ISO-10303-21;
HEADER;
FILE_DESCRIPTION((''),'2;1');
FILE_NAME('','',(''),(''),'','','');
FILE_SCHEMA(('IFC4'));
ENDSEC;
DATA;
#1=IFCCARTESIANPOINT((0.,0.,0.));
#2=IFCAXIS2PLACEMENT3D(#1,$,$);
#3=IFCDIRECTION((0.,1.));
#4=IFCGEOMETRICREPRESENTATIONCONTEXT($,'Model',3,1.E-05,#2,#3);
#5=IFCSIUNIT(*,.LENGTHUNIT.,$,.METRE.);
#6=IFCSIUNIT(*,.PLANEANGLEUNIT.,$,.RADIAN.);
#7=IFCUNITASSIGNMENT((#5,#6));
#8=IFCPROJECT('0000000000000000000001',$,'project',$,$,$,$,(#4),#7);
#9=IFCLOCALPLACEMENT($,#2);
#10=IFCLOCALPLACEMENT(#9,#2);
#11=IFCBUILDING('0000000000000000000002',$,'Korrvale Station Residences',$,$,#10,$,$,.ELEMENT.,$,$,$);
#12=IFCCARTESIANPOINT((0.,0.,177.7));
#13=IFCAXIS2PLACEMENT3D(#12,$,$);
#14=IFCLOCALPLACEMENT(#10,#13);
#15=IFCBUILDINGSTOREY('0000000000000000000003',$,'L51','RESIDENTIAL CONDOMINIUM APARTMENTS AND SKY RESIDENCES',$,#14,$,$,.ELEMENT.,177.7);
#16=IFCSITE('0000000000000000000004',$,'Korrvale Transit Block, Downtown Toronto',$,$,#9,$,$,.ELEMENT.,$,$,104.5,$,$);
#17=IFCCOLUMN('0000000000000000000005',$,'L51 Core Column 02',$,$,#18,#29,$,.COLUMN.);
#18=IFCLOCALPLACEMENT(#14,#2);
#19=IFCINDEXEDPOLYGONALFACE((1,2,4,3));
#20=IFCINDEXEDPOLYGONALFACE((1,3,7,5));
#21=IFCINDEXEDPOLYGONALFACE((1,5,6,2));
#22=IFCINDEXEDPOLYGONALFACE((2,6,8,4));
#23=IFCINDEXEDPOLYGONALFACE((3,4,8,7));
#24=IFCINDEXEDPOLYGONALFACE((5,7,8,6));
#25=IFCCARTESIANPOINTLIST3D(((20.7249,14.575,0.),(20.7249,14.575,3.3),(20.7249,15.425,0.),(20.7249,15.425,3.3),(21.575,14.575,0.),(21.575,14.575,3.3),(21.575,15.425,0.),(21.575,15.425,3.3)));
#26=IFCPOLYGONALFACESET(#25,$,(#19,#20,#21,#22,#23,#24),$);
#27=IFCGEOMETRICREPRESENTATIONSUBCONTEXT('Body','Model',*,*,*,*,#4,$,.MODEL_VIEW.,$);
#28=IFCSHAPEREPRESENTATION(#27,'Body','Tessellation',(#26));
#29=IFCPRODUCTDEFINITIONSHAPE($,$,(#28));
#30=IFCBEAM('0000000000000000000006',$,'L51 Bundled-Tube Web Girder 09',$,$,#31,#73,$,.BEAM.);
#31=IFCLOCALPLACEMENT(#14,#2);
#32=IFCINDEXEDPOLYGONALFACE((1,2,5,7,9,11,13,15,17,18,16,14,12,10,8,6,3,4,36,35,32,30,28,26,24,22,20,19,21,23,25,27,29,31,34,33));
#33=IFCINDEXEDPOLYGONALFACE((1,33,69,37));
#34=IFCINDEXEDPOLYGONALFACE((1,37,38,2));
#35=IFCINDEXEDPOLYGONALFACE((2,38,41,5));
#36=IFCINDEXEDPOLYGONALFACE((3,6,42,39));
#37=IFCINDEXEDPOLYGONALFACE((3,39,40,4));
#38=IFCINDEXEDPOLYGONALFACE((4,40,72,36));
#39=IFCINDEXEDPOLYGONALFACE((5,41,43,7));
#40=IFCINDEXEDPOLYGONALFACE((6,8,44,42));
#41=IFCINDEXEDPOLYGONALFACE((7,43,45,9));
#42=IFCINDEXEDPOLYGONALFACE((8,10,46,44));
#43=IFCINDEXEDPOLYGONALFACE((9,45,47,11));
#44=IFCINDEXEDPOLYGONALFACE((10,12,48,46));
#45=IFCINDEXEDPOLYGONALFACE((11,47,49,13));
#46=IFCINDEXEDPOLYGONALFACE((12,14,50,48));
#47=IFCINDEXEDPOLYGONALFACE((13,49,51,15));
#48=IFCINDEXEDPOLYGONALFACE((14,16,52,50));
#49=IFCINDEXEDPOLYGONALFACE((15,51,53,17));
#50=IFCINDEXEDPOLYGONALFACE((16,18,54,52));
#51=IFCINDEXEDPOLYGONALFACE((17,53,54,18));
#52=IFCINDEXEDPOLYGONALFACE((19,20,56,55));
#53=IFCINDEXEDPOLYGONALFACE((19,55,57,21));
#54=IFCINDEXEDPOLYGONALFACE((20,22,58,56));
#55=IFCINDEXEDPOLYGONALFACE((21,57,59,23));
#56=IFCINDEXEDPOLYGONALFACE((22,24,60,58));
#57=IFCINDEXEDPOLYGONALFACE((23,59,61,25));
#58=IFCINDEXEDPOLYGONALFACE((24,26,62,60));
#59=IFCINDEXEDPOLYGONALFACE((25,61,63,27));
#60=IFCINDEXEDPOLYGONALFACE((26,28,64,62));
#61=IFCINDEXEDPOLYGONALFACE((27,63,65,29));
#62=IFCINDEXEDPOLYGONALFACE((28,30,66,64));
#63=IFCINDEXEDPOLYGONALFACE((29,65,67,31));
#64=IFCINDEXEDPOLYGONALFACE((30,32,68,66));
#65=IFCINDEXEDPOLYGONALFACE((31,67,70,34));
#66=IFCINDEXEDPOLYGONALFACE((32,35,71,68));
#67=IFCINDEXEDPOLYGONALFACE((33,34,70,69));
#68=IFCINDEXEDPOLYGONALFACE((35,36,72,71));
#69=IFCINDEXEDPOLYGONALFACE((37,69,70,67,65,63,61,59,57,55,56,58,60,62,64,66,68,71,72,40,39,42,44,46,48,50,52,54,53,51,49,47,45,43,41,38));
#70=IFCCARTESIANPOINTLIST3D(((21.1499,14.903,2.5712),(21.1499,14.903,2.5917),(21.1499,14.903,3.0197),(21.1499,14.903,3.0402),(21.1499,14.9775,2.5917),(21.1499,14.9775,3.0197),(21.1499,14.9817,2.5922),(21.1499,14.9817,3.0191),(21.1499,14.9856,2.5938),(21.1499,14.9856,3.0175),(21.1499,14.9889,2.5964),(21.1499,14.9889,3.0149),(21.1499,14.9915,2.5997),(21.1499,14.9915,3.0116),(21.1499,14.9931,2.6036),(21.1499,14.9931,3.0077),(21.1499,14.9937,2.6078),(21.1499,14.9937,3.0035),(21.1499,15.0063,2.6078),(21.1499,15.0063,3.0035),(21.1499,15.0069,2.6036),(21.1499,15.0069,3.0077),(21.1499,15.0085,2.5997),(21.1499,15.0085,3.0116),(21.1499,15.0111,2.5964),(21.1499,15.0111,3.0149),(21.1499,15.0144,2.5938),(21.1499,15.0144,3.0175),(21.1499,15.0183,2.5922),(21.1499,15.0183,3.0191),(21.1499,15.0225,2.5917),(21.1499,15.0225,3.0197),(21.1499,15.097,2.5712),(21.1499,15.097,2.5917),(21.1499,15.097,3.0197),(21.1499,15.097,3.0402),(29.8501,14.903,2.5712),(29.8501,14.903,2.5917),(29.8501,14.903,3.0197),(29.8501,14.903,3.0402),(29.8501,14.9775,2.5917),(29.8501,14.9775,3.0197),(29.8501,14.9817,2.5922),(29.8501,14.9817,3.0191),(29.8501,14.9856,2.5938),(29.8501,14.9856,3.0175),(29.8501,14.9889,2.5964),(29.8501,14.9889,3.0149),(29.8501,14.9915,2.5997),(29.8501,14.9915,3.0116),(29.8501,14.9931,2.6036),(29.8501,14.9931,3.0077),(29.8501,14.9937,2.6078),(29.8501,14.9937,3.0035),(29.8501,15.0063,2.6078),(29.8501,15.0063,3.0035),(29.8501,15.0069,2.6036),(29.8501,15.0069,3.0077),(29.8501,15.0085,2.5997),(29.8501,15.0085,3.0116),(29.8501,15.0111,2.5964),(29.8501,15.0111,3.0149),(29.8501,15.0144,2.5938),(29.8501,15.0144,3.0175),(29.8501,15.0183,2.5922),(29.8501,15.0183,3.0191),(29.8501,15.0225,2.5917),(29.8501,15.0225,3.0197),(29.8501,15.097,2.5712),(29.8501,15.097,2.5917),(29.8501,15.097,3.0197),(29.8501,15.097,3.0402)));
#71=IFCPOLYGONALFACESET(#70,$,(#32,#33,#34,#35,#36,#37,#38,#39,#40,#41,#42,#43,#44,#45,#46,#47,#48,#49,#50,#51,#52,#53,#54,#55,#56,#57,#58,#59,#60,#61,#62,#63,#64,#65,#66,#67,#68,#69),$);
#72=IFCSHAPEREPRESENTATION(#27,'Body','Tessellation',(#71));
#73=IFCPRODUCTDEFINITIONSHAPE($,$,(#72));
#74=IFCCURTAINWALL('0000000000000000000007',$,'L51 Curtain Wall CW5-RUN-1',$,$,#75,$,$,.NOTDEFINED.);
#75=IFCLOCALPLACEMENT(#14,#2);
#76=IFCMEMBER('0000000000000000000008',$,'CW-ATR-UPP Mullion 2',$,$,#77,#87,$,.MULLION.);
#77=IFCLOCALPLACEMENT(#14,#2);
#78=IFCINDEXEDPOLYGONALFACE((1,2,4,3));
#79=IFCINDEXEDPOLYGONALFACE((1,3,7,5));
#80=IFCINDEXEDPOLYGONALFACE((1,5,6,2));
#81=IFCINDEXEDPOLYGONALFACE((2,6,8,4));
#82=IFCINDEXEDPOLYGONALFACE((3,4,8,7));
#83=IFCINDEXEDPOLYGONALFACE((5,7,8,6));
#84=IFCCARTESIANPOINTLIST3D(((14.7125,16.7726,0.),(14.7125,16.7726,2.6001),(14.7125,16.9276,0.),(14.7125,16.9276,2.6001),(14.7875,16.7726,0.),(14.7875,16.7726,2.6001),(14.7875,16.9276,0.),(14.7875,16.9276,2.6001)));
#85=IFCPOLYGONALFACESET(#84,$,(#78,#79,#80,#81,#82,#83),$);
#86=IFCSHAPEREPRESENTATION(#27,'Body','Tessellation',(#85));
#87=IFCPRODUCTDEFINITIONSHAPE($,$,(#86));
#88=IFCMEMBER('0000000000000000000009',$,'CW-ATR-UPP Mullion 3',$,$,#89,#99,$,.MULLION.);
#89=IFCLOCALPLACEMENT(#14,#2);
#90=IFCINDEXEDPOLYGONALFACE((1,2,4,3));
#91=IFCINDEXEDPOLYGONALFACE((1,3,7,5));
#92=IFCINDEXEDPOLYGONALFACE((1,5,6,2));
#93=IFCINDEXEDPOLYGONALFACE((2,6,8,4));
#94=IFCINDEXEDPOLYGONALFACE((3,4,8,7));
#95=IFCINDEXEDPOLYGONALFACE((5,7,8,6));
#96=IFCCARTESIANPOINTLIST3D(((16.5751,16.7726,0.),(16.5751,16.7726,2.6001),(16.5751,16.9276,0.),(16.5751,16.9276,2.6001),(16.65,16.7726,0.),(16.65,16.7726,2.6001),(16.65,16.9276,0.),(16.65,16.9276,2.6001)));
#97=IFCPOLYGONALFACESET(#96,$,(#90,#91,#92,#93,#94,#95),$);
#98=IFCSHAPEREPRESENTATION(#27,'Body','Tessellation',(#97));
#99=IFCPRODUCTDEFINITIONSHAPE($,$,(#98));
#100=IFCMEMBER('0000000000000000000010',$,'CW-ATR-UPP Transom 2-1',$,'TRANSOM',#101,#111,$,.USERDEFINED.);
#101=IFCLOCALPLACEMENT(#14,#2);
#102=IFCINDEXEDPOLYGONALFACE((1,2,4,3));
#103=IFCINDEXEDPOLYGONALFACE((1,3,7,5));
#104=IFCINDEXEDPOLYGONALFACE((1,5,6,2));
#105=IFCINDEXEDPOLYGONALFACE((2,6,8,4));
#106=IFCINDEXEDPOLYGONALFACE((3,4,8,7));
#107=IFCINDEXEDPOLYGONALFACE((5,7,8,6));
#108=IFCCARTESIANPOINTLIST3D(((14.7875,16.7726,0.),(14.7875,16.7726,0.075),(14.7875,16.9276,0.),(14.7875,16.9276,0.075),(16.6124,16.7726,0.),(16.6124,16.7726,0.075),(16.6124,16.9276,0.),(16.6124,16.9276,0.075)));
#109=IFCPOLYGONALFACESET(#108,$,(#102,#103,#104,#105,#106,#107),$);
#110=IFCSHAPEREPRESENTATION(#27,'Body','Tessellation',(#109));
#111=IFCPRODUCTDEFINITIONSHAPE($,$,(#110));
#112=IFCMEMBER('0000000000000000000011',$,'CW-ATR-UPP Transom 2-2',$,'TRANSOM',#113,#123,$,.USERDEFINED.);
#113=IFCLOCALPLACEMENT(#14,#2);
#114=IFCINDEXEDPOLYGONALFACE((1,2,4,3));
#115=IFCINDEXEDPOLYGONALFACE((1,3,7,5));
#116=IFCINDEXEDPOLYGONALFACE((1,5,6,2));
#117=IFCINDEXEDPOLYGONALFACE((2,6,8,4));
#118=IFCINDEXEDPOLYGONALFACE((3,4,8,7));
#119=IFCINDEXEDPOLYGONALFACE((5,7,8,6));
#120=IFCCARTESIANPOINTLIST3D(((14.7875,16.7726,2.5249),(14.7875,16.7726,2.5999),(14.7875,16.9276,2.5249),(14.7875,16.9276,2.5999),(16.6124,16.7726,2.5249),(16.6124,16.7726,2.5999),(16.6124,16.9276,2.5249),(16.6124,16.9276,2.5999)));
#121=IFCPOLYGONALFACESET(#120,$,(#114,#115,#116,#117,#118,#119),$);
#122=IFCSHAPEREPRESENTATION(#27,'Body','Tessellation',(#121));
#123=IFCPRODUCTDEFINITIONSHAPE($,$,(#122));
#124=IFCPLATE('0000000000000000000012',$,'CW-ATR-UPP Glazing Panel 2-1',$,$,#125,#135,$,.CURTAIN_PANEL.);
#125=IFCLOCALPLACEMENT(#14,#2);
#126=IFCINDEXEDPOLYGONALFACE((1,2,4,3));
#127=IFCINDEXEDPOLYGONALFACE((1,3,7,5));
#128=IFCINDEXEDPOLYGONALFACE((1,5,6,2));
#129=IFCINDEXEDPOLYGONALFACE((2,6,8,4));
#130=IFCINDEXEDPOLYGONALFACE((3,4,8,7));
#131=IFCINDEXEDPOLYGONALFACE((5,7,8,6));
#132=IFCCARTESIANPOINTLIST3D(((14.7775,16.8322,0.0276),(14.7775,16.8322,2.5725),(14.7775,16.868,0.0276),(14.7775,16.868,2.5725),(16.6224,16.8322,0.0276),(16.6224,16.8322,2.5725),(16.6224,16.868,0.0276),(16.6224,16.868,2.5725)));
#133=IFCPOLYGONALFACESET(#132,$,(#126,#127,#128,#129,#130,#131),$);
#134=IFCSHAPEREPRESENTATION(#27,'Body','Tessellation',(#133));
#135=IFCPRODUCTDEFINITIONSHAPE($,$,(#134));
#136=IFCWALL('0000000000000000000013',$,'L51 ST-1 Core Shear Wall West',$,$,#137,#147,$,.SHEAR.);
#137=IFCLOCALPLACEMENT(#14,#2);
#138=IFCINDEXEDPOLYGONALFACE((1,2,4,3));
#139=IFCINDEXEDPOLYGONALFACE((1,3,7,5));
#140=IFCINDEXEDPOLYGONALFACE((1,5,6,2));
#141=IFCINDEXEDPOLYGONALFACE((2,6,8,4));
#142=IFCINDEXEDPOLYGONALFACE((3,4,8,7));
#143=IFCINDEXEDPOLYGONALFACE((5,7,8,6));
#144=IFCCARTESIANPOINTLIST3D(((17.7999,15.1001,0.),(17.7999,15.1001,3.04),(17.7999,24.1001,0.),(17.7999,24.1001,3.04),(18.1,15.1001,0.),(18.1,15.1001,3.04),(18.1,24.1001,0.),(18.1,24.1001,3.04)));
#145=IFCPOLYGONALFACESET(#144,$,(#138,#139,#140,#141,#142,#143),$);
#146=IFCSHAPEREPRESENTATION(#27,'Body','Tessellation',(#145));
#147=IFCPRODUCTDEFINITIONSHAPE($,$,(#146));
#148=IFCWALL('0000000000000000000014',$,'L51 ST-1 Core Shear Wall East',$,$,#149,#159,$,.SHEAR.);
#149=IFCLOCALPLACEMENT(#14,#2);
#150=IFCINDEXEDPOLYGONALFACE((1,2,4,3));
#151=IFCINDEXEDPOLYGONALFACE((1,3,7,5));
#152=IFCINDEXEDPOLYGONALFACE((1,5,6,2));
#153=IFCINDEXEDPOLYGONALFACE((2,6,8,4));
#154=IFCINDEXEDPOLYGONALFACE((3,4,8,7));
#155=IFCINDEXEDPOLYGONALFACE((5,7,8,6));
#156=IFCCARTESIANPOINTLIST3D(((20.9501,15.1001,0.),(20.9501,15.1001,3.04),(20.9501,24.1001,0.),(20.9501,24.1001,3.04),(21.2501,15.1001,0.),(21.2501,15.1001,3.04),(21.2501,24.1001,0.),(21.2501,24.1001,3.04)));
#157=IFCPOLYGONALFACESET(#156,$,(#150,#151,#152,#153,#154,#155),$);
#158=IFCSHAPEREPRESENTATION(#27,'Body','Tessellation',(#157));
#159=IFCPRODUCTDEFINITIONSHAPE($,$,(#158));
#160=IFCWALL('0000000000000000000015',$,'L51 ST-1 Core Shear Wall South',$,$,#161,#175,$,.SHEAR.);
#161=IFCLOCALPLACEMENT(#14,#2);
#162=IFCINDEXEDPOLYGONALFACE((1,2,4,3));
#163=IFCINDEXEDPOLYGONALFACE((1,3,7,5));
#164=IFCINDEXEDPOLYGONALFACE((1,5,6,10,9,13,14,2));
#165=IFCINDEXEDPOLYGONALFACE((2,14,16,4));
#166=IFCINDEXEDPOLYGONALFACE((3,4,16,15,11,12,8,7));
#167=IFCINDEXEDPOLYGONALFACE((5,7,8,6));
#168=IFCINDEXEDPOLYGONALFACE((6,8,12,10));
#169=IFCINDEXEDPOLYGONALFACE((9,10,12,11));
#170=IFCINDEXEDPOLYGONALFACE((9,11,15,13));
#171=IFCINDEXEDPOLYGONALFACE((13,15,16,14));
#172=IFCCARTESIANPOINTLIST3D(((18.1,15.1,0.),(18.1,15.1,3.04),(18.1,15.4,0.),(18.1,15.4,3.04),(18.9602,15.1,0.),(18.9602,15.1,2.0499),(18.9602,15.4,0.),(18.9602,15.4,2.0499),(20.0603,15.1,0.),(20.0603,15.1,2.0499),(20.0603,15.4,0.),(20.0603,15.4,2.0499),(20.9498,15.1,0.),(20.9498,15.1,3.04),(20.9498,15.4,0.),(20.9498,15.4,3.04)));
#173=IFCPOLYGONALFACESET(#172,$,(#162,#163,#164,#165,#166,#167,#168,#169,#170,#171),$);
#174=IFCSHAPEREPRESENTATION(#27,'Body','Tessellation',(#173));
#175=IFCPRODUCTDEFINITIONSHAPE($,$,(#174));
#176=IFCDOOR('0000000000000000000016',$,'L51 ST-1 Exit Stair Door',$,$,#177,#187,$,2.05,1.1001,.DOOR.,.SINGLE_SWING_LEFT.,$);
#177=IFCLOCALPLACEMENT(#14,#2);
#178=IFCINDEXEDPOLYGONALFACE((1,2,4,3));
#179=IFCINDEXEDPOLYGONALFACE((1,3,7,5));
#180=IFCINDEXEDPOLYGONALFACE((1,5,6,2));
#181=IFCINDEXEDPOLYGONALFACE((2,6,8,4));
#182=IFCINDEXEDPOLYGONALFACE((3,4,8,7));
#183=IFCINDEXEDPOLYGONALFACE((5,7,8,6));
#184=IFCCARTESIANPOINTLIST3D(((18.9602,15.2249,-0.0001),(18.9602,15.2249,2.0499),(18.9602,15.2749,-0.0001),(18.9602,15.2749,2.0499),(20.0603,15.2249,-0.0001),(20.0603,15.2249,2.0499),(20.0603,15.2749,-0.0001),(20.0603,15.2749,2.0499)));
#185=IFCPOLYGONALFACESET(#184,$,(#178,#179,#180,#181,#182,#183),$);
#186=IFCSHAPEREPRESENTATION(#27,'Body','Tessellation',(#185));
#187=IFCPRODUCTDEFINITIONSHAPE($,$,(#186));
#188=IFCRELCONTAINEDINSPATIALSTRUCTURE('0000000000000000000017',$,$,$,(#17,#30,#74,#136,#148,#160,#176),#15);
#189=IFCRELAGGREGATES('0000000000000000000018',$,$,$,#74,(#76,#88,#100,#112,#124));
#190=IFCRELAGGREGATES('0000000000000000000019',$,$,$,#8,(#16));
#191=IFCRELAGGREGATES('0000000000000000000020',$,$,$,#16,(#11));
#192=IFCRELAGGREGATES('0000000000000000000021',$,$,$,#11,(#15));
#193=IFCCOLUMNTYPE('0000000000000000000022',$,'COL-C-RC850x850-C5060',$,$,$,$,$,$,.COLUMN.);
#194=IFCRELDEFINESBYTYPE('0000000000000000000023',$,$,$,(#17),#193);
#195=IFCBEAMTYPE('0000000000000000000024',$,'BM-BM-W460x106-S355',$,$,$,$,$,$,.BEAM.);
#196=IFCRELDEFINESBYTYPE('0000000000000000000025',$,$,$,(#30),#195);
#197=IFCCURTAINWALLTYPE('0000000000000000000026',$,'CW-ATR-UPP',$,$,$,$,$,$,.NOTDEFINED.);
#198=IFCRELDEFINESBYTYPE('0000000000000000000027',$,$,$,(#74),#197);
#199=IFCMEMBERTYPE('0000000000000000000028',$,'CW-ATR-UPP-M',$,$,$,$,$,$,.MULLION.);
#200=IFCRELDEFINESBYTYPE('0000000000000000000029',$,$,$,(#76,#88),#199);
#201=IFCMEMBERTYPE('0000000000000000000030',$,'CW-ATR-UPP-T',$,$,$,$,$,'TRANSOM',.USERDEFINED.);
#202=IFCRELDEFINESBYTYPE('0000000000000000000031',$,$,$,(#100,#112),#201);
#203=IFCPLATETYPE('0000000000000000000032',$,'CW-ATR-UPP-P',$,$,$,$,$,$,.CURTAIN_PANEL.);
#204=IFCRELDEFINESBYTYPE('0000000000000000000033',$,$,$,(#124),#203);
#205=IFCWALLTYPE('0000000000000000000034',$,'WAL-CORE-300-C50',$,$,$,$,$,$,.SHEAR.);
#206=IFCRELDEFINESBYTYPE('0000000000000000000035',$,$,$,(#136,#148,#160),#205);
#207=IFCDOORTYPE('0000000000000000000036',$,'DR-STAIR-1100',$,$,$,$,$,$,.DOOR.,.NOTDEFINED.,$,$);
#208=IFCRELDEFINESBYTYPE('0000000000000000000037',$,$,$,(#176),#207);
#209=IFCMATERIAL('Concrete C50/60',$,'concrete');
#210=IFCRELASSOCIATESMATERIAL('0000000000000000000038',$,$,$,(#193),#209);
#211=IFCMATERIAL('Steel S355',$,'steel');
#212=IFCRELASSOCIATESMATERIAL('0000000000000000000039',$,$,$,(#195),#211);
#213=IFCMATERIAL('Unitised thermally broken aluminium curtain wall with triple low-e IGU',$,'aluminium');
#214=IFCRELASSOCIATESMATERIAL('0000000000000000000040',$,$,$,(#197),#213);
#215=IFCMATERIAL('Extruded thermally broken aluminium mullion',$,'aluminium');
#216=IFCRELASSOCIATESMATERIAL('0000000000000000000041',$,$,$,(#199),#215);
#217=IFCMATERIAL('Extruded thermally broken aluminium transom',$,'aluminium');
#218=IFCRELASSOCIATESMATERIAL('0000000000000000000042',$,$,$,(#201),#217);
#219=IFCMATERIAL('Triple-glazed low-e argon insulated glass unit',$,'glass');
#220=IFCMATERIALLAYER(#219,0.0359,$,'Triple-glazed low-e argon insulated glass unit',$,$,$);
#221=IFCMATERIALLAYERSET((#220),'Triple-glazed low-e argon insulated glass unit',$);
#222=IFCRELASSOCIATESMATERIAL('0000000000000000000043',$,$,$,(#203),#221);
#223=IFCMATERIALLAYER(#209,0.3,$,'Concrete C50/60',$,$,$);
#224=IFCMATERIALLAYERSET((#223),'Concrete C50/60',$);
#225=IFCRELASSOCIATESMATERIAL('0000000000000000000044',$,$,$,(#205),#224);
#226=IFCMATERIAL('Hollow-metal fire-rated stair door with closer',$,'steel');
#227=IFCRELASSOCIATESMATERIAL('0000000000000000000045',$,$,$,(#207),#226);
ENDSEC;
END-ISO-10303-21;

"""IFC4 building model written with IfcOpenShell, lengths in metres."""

from ifc_helpers import new_model, si_unit, direction, frame, frame_2d, origin, origin_2d, place, context, subcontext, project, spatial, rectangle, i_section, extrude, material, layer, layer_set, material_profile, profile_set, type_object, element, fill, aggregate, save


model = new_model("IFC4")

# Units and contexts
model_context = context("Model", 3, precision=1e-05, world=origin(), true_north=direction((0.0, 1.0)))
body_context = subcontext(model_context, "Body", "Model", "MODEL_VIEW")
ifc_project = project(units=[si_unit("LENGTHUNIT", "METRE"), si_unit("PLANEANGLEUNIT", "RADIAN")], contexts=[model_context])

# Site, building, storey
site_placement = place(None, origin())
site = spatial("IfcSite", under=ifc_project, at=site_placement, Name="Korrvale Transit Block, Downtown Toronto", CompositionType="ELEMENT", RefElevation=104.5)
building_placement = place(site_placement, origin())
building = spatial("IfcBuilding", under=site, at=building_placement, Name="Korrvale Station Residences", CompositionType="ELEMENT")
storey_placement = place(building_placement, frame((0.0, 0.0, 177.7)))
storey = spatial("IfcBuildingStorey", under=building, at=storey_placement, Name="L51", Description="RESIDENTIAL CONDOMINIUM APARTMENTS AND SKY RESIDENCES", CompositionType="ELEMENT", Elevation=177.7)

# Column
ifc_material_1 = material(Name="Concrete C50/60", Category="concrete")
ifc_material_profile_1 = material_profile(ifc_material_1, rectangle(XDim=0.8501, YDim=0.8501, at=origin_2d()), Name="RC850x850")
ifc_profile_set_1 = profile_set([ifc_material_profile_1], Name="Concrete C50/60")
column_type = type_object("IfcColumnType", Name="COL-C-RC850x850-C5060", PredefinedType="COLUMN", material=ifc_profile_set_1)
column_placement = place(storey_placement, frame((21.1499, 15.0, 0.0), z_axis=(0.0, 0.0, 1.0), x_axis=(1.0, 0.0, 0.0)))
element("IfcColumn", 1, at=column_placement, inside=storey, type_object=column_type, Name="L51 Core Column 02", PredefinedType="COLUMN", context=body_context, shape_type="SweptSolid", body=[
    extrude(rectangle(XDim=0.8501, YDim=0.8501, at=origin_2d()), origin(), (0.0, 0.0, 1.0), 3.3),
])

# Beam
ifc_material_2 = material(Name="Steel S355", Category="steel")
ifc_material_profile_2 = material_profile(ifc_material_2, i_section(OverallWidth=0.1941, OverallDepth=0.469, WebThickness=0.0127, FlangeThickness=0.0205, FilletRadius=0.0161, at=origin_2d()), Name="W460x106")
ifc_profile_set_2 = profile_set([ifc_material_profile_2], Name="Steel S355")
beam_type = type_object("IfcBeamType", Name="BM-BM-W460x106-S355", PredefinedType="BEAM", material=ifc_profile_set_2)
beam_placement = place(storey_placement, frame((21.1499, 15.0, 2.8057), z_axis=(1.0, 0.0, 0.0), x_axis=(0.0, 1.0, 0.0)))
element("IfcBeam", 2, at=beam_placement, inside=storey, type_object=beam_type, Name="L51 Bundled-Tube Web Girder 09", PredefinedType="BEAM", context=body_context, shape_type="SweptSolid", body=[
    extrude(i_section(OverallWidth=0.1941, OverallDepth=0.469, WebThickness=0.0127, FlangeThickness=0.0205, FilletRadius=0.0161, at=origin_2d()), origin(), (0.0, 0.0, 1.0), 8.7002),
])

# Curtain wall, members, plate
ifc_material_3 = material(Name="Unitised thermally broken aluminium curtain wall with triple low-e IGU", Category="aluminium")
curtain_wall_type = type_object("IfcCurtainWallType", Name="CW-ATR-UPP", PredefinedType="NOTDEFINED", material=ifc_material_3)
curtain_wall_placement = place(storey_placement, origin())
curtain_wall = element("IfcCurtainWall", 3, at=curtain_wall_placement, inside=storey, type_object=curtain_wall_type, Name="L51 Curtain Wall CW5-RUN-1", PredefinedType="NOTDEFINED")
ifc_material_4 = material(Name="Extruded thermally broken aluminium mullion", Category="aluminium")
member_type_1 = type_object("IfcMemberType", Name="CW-ATR-UPP-M", PredefinedType="MULLION", material=ifc_material_4)
member_1_placement = place(storey_placement, frame((14.75, 16.8501, 0.0), z_axis=(0.0, 0.0, 1.0), x_axis=(1.0, 0.0, 0.0)))
member_1 = element("IfcMember", 4, at=member_1_placement, type_object=member_type_1, Name="CW-ATR-UPP Mullion 2", PredefinedType="MULLION", context=body_context, shape_type="SweptSolid", body=[
    extrude(rectangle(XDim=0.075, YDim=0.155, at=origin_2d()), origin(), (0.0, 0.0, 1.0), 2.6001),
])
member_2_placement = place(storey_placement, frame((16.6125, 16.8501, 0.0), z_axis=(0.0, 0.0, 1.0), x_axis=(1.0, 0.0, 0.0)))
member_2 = element("IfcMember", 5, at=member_2_placement, type_object=member_type_1, Name="CW-ATR-UPP Mullion 3", PredefinedType="MULLION", context=body_context, shape_type="SweptSolid", body=[
    extrude(rectangle(XDim=0.075, YDim=0.155, at=origin_2d()), origin(), (0.0, 0.0, 1.0), 2.6001),
])
ifc_material_5 = material(Name="Extruded thermally broken aluminium transom", Category="aluminium")
member_type_2 = type_object("IfcMemberType", Name="CW-ATR-UPP-T", ElementType="TRANSOM", PredefinedType="USERDEFINED", material=ifc_material_5)
member_3_placement = place(storey_placement, frame((15.7, 16.8501, 0.0), z_axis=(0.0, 0.0, 1.0), x_axis=(1.0, 0.0, 0.0)))
member_3 = element("IfcMember", 6, at=member_3_placement, type_object=member_type_2, Name="CW-ATR-UPP Transom 2-1", ObjectType="TRANSOM", PredefinedType="USERDEFINED", context=body_context, shape_type="SweptSolid", body=[
    extrude(rectangle(XDim=1.825, YDim=0.155, at=origin_2d()), origin(), (0.0, 0.0, 1.0), 0.075),
])
member_4_placement = place(storey_placement, frame((15.7, 16.8501, 2.5249), z_axis=(0.0, 0.0, 1.0), x_axis=(1.0, 0.0, 0.0)))
member_4 = element("IfcMember", 7, at=member_4_placement, type_object=member_type_2, Name="CW-ATR-UPP Transom 2-2", ObjectType="TRANSOM", PredefinedType="USERDEFINED", context=body_context, shape_type="SweptSolid", body=[
    extrude(rectangle(XDim=1.825, YDim=0.155, at=origin_2d()), origin(), (0.0, 0.0, 1.0), 0.075),
])
ifc_material_6 = material(Name="Triple-glazed low-e argon insulated glass unit", Category="glass")
ifc_layer_1 = layer(ifc_material_6, 0.0359, Name="Triple-glazed low-e argon insulated glass unit")
ifc_layer_set_1 = layer_set([ifc_layer_1], Name="Triple-glazed low-e argon insulated glass unit")
plate_type = type_object("IfcPlateType", Name="CW-ATR-UPP-P", PredefinedType="CURTAIN_PANEL", material=ifc_layer_set_1)
plate_placement = place(storey_placement, frame((15.7, 16.8501, 0.0276), z_axis=(0.0, 0.0, 1.0), x_axis=(1.0, 0.0, 0.0)))
plate = element("IfcPlate", 8, at=plate_placement, type_object=plate_type, Name="CW-ATR-UPP Glazing Panel 2-1", PredefinedType="CURTAIN_PANEL", context=body_context, shape_type="SweptSolid", body=[
    extrude(rectangle(XDim=1.845, YDim=0.0359, at=origin_2d()), origin(), (0.0, 0.0, 1.0), 2.5449),
])
aggregate(curtain_wall, [member_1, member_2, member_3, member_4, plate])

# Walls
ifc_layer_2 = layer(ifc_material_1, 0.3, Name="Concrete C50/60")
ifc_layer_set_2 = layer_set([ifc_layer_2], Name="Concrete C50/60")
wall_type_1 = type_object("IfcWallType", Name="WAL-CORE-300-C50", PredefinedType="SHEAR", material=ifc_layer_set_2)
for number, where, z_axis, x_axis, name in (
    (9, (17.95, 15.1001, 0.0), (0.0, 0.0, 1.0), (0.0, 1.0, 0.0), "L51 ST-1 Core Shear Wall West"),
    (10, (21.1001, 15.1001, 0.0), (0.0, 0.0, 1.0), (0.0, 1.0, 0.0), "L51 ST-1 Core Shear Wall East"),
):
    element("IfcWall", number, at=place(storey_placement, frame(where, z_axis=z_axis, x_axis=x_axis)), inside=storey, type_object=wall_type_1, Name=name, PredefinedType="SHEAR", context=body_context, shape_type="SweptSolid", body=[
        extrude(rectangle(XDim=9.0, YDim=0.3, at=frame_2d((4.5, 0.0))), origin(), (0.0, 0.0, 1.0), 3.04),
    ])

# Wall, opening, door
wall_1_placement = place(storey_placement, frame((18.1001, 15.25, 0.0), z_axis=(0.0, 0.0, 1.0), x_axis=(1.0, 0.0, 0.0)))
wall_1 = element("IfcWall", 11, at=wall_1_placement, inside=storey, type_object=wall_type_1, Name="L51 ST-1 Core Shear Wall South", PredefinedType="SHEAR", context=body_context, shape_type="SweptSolid", body=[
    extrude(rectangle(XDim=2.8499, YDim=0.3, at=frame_2d((1.4248, 0.0))), origin(), (0.0, 0.0, 1.0), 3.04),
])
opening_1_placement = place(wall_1_placement, frame((0.8601, 0.0, 0.0)))
opening_1 = element("IfcOpeningElement", 12, at=opening_1_placement, cuts=wall_1, PredefinedType="OPENING", context=body_context, shape_type="SweptSolid", body=[
    extrude(rectangle(XDim=1.1001, YDim=2.05, at=frame_2d((0.55, 1.0249))), frame((0.0, 0.1602, 0.0), z_axis=(0.0, -1.0, 0.0), x_axis=(1.0, 0.0, 0.0)), (0.0, 0.0, 1.0), 0.3201),
])
ifc_material_7 = material(Name="Hollow-metal fire-rated stair door with closer", Category="steel")
door_type_1 = type_object("IfcDoorType", Name="DR-STAIR-1100", OperationType="NOTDEFINED", PredefinedType="DOOR", material=ifc_material_7)
door_1_placement = place(opening_1_placement, origin())
door_1 = element("IfcDoor", 13, at=door_1_placement, inside=storey, type_object=door_type_1, Name="L51 ST-1 Exit Stair Door", OperationType="SINGLE_SWING_LEFT", OverallHeight=2.05, OverallWidth=1.1001, PredefinedType="DOOR", context=body_context, shape_type="SweptSolid", body=[
    extrude(rectangle(XDim=1.1001, YDim=2.05, at=frame_2d((0.55, 1.0249))), frame((0.0, 0.0249, 0.0), z_axis=(0.0, -1.0, 0.0), x_axis=(1.0, 0.0, 0.0)), (0.0, 0.0, 1.0), 0.05),
])
fill(opening_1, door_1)

save(model, "model.ifc")
